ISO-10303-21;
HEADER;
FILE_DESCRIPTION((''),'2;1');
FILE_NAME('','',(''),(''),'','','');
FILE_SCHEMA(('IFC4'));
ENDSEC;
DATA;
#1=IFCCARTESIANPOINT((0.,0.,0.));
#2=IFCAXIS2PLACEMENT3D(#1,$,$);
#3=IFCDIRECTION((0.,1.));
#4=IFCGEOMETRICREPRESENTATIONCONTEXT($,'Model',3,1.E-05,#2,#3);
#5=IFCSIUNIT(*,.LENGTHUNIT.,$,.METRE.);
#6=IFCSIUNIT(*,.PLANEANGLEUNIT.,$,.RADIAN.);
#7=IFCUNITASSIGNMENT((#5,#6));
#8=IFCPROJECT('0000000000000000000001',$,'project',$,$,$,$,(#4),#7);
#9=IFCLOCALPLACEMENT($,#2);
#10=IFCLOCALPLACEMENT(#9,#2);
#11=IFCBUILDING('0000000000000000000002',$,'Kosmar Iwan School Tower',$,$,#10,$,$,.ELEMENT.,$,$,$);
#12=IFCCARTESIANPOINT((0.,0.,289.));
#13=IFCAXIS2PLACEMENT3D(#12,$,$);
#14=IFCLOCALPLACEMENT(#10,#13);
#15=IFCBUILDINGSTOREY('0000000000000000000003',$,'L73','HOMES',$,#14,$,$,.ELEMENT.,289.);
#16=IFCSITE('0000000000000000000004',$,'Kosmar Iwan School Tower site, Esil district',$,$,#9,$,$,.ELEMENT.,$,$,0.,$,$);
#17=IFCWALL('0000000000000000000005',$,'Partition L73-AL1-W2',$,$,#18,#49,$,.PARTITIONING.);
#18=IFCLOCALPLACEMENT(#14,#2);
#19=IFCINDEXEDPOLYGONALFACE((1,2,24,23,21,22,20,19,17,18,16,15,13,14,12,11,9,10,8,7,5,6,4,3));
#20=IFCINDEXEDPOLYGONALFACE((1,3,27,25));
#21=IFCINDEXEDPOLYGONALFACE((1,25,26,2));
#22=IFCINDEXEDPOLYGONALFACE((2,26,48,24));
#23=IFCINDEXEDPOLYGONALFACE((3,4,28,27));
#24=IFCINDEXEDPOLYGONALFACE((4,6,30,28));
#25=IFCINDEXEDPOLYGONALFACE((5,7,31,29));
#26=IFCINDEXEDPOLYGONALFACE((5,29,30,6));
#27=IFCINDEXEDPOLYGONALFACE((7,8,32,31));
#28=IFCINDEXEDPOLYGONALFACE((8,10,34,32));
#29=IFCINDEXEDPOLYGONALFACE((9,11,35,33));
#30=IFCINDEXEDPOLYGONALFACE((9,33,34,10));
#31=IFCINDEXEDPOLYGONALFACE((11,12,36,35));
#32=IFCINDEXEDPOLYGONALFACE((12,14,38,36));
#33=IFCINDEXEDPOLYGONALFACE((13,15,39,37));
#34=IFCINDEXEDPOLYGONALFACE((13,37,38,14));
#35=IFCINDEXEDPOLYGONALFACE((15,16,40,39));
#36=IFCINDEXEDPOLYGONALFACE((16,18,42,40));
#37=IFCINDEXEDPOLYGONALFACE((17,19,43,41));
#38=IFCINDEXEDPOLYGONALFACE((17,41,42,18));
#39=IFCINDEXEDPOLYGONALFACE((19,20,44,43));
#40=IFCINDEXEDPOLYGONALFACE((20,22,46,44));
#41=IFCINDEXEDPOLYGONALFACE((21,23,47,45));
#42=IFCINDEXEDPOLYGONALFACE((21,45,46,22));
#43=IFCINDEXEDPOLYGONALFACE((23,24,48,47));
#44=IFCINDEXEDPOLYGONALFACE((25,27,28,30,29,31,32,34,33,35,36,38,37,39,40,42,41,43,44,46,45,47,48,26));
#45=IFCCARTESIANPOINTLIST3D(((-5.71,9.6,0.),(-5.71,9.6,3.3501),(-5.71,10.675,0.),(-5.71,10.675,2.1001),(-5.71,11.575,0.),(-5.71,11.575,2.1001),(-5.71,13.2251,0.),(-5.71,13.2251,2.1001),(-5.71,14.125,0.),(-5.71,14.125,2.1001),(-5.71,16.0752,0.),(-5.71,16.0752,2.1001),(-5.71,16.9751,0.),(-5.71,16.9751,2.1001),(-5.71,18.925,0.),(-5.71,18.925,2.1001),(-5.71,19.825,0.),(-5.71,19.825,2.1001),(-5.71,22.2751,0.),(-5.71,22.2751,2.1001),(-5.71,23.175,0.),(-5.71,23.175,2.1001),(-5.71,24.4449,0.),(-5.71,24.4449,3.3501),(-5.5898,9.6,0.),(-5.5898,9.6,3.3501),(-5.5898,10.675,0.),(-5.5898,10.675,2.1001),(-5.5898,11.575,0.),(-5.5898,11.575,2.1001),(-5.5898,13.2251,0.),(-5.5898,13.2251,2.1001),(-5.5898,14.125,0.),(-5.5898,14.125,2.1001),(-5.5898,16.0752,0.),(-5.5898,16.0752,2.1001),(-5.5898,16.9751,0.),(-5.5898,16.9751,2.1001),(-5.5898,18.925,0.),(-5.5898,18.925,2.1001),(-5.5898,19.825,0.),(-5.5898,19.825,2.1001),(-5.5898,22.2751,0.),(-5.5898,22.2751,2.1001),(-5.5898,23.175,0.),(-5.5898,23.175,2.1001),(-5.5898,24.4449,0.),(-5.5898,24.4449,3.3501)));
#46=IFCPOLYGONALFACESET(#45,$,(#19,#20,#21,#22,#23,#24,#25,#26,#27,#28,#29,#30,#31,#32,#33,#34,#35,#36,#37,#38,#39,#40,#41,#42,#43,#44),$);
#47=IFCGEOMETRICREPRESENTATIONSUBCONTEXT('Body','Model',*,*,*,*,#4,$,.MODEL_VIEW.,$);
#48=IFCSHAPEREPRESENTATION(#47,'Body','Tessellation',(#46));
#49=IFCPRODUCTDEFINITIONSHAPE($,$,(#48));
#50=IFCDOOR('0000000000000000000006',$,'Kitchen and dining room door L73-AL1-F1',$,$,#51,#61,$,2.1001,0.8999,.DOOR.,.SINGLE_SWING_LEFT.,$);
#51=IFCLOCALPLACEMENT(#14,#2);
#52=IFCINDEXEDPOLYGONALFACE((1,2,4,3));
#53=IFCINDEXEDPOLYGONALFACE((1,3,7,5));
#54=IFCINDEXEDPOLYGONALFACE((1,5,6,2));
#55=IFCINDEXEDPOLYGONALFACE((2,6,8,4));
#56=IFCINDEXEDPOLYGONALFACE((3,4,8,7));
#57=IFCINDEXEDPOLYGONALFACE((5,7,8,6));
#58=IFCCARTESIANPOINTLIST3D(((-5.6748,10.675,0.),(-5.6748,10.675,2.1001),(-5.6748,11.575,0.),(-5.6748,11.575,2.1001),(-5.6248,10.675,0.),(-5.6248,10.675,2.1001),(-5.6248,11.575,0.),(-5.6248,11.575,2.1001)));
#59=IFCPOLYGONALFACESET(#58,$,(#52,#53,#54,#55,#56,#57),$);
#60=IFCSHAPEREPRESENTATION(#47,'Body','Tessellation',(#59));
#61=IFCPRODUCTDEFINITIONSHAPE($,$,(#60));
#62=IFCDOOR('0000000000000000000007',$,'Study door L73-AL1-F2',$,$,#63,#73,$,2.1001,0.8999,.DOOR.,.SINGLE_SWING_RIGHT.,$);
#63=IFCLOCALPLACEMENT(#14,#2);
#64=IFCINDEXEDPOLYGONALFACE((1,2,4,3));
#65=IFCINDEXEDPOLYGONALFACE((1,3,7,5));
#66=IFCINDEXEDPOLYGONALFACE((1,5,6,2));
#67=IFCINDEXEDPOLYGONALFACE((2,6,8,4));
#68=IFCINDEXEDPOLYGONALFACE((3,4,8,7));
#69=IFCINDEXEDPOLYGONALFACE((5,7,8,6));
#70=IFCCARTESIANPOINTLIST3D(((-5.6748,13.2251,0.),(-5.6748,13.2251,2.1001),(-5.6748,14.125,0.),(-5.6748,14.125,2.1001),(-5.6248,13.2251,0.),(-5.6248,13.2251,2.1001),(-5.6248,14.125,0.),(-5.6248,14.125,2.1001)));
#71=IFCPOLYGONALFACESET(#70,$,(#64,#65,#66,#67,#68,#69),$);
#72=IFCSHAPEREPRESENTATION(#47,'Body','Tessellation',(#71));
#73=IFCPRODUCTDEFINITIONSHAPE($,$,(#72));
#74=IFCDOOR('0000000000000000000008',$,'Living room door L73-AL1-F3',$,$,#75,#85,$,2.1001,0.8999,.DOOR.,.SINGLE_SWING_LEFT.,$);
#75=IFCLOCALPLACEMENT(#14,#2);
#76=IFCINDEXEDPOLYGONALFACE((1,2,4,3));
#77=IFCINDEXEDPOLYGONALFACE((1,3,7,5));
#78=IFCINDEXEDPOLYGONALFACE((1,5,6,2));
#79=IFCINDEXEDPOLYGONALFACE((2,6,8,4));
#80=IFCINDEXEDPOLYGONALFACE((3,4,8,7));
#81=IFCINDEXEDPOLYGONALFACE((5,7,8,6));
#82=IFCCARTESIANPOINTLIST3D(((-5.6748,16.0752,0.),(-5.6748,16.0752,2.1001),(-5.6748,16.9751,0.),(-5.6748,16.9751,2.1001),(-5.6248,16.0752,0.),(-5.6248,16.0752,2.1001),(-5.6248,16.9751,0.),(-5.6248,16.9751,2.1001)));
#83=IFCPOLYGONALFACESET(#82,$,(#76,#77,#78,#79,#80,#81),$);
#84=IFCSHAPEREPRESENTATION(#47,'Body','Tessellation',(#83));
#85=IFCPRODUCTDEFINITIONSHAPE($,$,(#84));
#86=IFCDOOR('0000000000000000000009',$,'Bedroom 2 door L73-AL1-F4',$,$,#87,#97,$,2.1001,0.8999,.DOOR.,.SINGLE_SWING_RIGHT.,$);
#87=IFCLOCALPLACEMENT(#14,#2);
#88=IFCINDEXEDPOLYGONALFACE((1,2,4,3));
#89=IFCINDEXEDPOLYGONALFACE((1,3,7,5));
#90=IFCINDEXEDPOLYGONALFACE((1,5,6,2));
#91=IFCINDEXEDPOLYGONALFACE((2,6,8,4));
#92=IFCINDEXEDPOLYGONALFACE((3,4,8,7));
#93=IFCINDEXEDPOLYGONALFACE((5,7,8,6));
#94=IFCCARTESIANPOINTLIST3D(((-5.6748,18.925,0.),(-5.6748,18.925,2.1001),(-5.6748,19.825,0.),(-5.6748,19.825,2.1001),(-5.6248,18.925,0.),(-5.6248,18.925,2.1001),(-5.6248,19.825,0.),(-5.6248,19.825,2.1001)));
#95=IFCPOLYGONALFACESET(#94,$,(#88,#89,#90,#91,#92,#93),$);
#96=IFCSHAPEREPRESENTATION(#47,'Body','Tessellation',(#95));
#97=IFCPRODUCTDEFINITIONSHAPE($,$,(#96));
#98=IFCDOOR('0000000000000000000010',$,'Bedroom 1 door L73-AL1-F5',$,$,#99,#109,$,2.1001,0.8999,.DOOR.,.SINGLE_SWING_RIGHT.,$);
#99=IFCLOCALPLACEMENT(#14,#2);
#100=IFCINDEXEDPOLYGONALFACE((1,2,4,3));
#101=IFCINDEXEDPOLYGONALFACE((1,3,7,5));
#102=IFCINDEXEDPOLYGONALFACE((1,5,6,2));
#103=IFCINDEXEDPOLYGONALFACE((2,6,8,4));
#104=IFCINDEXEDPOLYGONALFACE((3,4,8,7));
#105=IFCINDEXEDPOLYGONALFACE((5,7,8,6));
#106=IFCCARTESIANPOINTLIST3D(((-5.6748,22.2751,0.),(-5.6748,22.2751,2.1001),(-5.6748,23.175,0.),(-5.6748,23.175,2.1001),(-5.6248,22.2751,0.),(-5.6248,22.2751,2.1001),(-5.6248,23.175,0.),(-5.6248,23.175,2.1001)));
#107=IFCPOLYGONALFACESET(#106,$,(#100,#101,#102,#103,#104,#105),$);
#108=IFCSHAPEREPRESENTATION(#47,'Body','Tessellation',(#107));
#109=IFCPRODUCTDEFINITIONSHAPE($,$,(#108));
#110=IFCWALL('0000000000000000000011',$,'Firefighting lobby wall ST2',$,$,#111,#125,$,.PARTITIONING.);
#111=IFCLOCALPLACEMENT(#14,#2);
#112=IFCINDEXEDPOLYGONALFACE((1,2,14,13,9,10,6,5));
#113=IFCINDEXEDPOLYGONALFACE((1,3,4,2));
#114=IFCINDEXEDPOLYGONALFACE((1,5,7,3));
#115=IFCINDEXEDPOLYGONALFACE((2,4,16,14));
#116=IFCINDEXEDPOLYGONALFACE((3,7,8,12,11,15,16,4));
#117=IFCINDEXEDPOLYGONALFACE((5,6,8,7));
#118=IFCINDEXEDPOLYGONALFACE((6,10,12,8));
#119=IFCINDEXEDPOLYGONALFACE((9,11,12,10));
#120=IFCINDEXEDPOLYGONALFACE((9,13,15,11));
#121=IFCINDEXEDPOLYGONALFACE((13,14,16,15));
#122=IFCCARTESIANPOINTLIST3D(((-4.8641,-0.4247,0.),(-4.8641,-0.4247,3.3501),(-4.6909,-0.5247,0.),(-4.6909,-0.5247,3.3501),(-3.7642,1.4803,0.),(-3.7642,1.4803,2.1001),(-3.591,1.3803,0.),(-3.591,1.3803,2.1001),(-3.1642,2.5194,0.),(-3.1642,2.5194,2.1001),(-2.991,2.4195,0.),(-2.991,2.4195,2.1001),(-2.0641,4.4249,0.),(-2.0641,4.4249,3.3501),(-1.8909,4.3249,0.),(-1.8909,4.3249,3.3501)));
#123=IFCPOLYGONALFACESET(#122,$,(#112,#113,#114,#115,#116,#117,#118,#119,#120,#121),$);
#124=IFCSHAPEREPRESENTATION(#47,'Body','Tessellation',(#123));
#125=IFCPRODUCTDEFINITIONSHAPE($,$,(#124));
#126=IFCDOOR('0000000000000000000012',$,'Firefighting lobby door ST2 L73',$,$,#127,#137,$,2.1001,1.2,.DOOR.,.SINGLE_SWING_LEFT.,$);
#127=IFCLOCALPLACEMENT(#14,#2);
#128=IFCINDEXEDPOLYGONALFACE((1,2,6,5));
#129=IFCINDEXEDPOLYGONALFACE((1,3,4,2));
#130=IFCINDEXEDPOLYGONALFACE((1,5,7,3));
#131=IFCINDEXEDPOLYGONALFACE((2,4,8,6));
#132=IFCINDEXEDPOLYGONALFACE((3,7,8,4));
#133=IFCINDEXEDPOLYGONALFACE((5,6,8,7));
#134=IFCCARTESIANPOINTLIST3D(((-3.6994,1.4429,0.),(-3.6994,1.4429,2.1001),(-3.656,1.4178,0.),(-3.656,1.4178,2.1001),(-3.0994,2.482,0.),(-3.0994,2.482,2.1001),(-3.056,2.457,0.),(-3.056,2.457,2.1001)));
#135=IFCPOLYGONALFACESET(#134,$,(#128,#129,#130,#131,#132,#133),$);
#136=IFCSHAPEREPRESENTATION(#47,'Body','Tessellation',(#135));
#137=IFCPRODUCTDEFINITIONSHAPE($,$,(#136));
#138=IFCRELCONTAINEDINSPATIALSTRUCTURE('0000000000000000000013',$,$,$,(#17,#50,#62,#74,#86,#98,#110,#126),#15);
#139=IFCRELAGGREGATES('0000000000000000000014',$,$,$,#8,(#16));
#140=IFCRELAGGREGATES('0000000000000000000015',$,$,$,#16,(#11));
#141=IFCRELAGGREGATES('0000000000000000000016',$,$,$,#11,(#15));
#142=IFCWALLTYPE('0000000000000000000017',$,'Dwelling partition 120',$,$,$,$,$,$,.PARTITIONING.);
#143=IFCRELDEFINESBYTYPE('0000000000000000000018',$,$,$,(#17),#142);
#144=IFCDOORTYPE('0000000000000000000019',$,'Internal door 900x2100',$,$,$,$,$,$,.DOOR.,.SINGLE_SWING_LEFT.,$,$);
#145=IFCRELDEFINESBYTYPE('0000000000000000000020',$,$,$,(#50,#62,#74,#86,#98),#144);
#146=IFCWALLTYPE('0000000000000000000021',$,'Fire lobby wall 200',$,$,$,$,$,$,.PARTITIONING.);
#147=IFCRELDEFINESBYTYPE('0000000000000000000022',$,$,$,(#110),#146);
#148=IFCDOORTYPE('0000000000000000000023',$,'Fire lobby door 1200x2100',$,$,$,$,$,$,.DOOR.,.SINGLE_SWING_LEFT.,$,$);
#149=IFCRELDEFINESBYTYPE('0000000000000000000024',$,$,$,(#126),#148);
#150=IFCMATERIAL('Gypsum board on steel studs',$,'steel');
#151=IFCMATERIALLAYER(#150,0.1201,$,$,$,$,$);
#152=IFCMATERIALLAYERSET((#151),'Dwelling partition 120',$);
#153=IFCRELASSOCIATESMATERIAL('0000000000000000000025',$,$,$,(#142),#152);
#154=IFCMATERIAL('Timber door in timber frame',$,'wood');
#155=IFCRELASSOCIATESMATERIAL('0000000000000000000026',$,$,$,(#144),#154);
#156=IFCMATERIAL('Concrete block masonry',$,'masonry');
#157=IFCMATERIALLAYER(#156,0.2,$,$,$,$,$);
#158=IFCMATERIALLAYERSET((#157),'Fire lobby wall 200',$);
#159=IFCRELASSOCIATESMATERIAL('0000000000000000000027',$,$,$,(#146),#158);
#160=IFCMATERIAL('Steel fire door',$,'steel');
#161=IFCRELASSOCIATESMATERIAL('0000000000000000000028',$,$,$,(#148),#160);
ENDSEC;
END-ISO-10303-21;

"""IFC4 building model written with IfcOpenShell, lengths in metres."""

from ifc_helpers import new_model, si_unit, direction, frame, frame_2d, origin, place, context, subcontext, project, spatial, rectangle, extrude, material, layer, layer_set, type_object, element, fill, save


model = new_model("IFC4")

# Units and contexts
model_context = context("Model", 3, precision=1e-05, world=origin(), true_north=direction((0.0, 1.0)))
body_context = subcontext(model_context, "Body", "Model", "MODEL_VIEW")
ifc_project = project(units=[si_unit("LENGTHUNIT", "METRE"), si_unit("PLANEANGLEUNIT", "RADIAN")], contexts=[model_context])

# Site, building, storey
site_placement = place(None, origin())
site = spatial("IfcSite", under=ifc_project, at=site_placement, Name="Kosmar Iwan School Tower site, Esil district", CompositionType="ELEMENT", RefElevation=0.0)
building_placement = place(site_placement, origin())
building = spatial("IfcBuilding", under=site, at=building_placement, Name="Kosmar Iwan School Tower", CompositionType="ELEMENT")
storey_placement = place(building_placement, frame((0.0, 0.0, 289.0)))
storey = spatial("IfcBuildingStorey", under=building, at=storey_placement, Name="L73", Description="HOMES", CompositionType="ELEMENT", Elevation=289.0)

# Wall, openings, doors
ifc_material_1 = material(Name="Gypsum board on steel studs", Category="steel")
ifc_layer_1 = layer(ifc_material_1, 0.1201)
ifc_layer_set_1 = layer_set([ifc_layer_1], Name="Dwelling partition 120")
wall_type_1 = type_object("IfcWallType", Name="Dwelling partition 120", PredefinedType="PARTITIONING", material=ifc_layer_set_1)
wall_1_placement = place(storey_placement, frame((-5.6499, 9.6001, 0.0), z_axis=(0.0, 0.0, 1.0), x_axis=(0.0, 1.0, 0.0)))
wall_1 = element("IfcWall", 1, at=wall_1_placement, inside=storey, type_object=wall_type_1, Name="Partition L73-AL1-W2", PredefinedType="PARTITIONING", context=body_context, shape_type="SweptSolid", body=[
    extrude(rectangle(XDim=14.845, YDim=0.1201, at=frame_2d((7.4224, 0.0))), origin(), (0.0, 0.0, 1.0), 3.3501),
])
opening_1_placement = place(wall_1_placement, frame((1.075, 0.0, 0.0)))
opening_1 = element("IfcOpeningElement", 2, at=opening_1_placement, cuts=wall_1, PredefinedType="OPENING", context=body_context, shape_type="SweptSolid", body=[
    extrude(rectangle(XDim=0.8999, YDim=2.1001, at=frame_2d((0.45, 1.05))), frame((0.0, 0.072, 0.0), z_axis=(0.0, -1.0, 0.0), x_axis=(1.0, 0.0, 0.0)), (0.0, 0.0, 1.0), 0.144),
])
opening_2_placement = place(wall_1_placement, frame((3.625, 0.0, 0.0)))
opening_2 = element("IfcOpeningElement", 3, at=opening_2_placement, cuts=wall_1, PredefinedType="OPENING", context=body_context, shape_type="SweptSolid", body=[
    extrude(rectangle(XDim=0.8999, YDim=2.1001, at=frame_2d((0.45, 1.05))), frame((0.0, 0.072, 0.0), z_axis=(0.0, -1.0, 0.0), x_axis=(1.0, 0.0, 0.0)), (0.0, 0.0, 1.0), 0.144),
])
opening_3_placement = place(wall_1_placement, frame((6.4751, 0.0, 0.0)))
opening_3 = element("IfcOpeningElement", 4, at=opening_3_placement, cuts=wall_1, PredefinedType="OPENING", context=body_context, shape_type="SweptSolid", body=[
    extrude(rectangle(XDim=0.8999, YDim=2.1001, at=frame_2d((0.45, 1.05))), frame((0.0, 0.072, 0.0), z_axis=(0.0, -1.0, 0.0), x_axis=(1.0, 0.0, 0.0)), (0.0, 0.0, 1.0), 0.144),
])
opening_4_placement = place(wall_1_placement, frame((9.325, 0.0, 0.0)))
opening_4 = element("IfcOpeningElement", 5, at=opening_4_placement, cuts=wall_1, PredefinedType="OPENING", context=body_context, shape_type="SweptSolid", body=[
    extrude(rectangle(XDim=0.8999, YDim=2.1001, at=frame_2d((0.45, 1.05))), frame((0.0, 0.072, 0.0), z_axis=(0.0, -1.0, 0.0), x_axis=(1.0, 0.0, 0.0)), (0.0, 0.0, 1.0), 0.144),
])
opening_5_placement = place(wall_1_placement, frame((12.675, 0.0, 0.0)))
opening_5 = element("IfcOpeningElement", 6, at=opening_5_placement, cuts=wall_1, PredefinedType="OPENING", context=body_context, shape_type="SweptSolid", body=[
    extrude(rectangle(XDim=0.8999, YDim=2.1001, at=frame_2d((0.45, 1.05))), frame((0.0, 0.072, 0.0), z_axis=(0.0, -1.0, 0.0), x_axis=(1.0, 0.0, 0.0)), (0.0, 0.0, 1.0), 0.144),
])
ifc_material_2 = material(Name="Timber door in timber frame", Category="wood")
door_type_1 = type_object("IfcDoorType", Name="Internal door 900x2100", OperationType="SINGLE_SWING_LEFT", PredefinedType="DOOR", material=ifc_material_2)
door_1_placement = place(opening_1_placement, origin())
door_1 = element("IfcDoor", 7, at=door_1_placement, inside=storey, type_object=door_type_1, Name="Kitchen and dining room door L73-AL1-F1", OperationType="SINGLE_SWING_LEFT", OverallHeight=2.1001, OverallWidth=0.8999, PredefinedType="DOOR", context=body_context, shape_type="SweptSolid", body=[
    extrude(rectangle(XDim=0.8999, YDim=2.1001, at=frame_2d((0.45, 1.05))), frame((0.0, 0.0249, 0.0), z_axis=(0.0, -1.0, 0.0), x_axis=(1.0, 0.0, 0.0)), (0.0, 0.0, 1.0), 0.05),
])
fill(opening_1, door_1)
door_2_placement = place(opening_2_placement, origin())
door_2 = element("IfcDoor", 8, at=door_2_placement, inside=storey, type_object=door_type_1, Name="Study door L73-AL1-F2", OperationType="SINGLE_SWING_RIGHT", OverallHeight=2.1001, OverallWidth=0.8999, PredefinedType="DOOR", context=body_context, shape_type="SweptSolid", body=[
    extrude(rectangle(XDim=0.8999, YDim=2.1001, at=frame_2d((0.45, 1.05))), frame((0.0, 0.0249, 0.0), z_axis=(0.0, -1.0, 0.0), x_axis=(1.0, 0.0, 0.0)), (0.0, 0.0, 1.0), 0.05),
])
fill(opening_2, door_2)
door_3_placement = place(opening_3_placement, origin())
door_3 = element("IfcDoor", 9, at=door_3_placement, inside=storey, type_object=door_type_1, Name="Living room door L73-AL1-F3", OperationType="SINGLE_SWING_LEFT", OverallHeight=2.1001, OverallWidth=0.8999, PredefinedType="DOOR", context=body_context, shape_type="SweptSolid", body=[
    extrude(rectangle(XDim=0.8999, YDim=2.1001, at=frame_2d((0.45, 1.05))), frame((0.0, 0.0249, 0.0), z_axis=(0.0, -1.0, 0.0), x_axis=(1.0, 0.0, 0.0)), (0.0, 0.0, 1.0), 0.05),
])
fill(opening_3, door_3)
door_4_placement = place(opening_4_placement, origin())
door_4 = element("IfcDoor", 10, at=door_4_placement, inside=storey, type_object=door_type_1, Name="Bedroom 2 door L73-AL1-F4", OperationType="SINGLE_SWING_RIGHT", OverallHeight=2.1001, OverallWidth=0.8999, PredefinedType="DOOR", context=body_context, shape_type="SweptSolid", body=[
    extrude(rectangle(XDim=0.8999, YDim=2.1001, at=frame_2d((0.45, 1.05))), frame((0.0, 0.0249, 0.0), z_axis=(0.0, -1.0, 0.0), x_axis=(1.0, 0.0, 0.0)), (0.0, 0.0, 1.0), 0.05),
])
fill(opening_4, door_4)
door_5_placement = place(opening_5_placement, origin())
door_5 = element("IfcDoor", 11, at=door_5_placement, inside=storey, type_object=door_type_1, Name="Bedroom 1 door L73-AL1-F5", OperationType="SINGLE_SWING_RIGHT", OverallHeight=2.1001, OverallWidth=0.8999, PredefinedType="DOOR", context=body_context, shape_type="SweptSolid", body=[
    extrude(rectangle(XDim=0.8999, YDim=2.1001, at=frame_2d((0.45, 1.05))), frame((0.0, 0.0249, 0.0), z_axis=(0.0, -1.0, 0.0), x_axis=(1.0, 0.0, 0.0)), (0.0, 0.0, 1.0), 0.05),
])
fill(opening_5, door_5)

# Wall, opening, door
ifc_material_3 = material(Name="Concrete block masonry", Category="masonry")
ifc_layer_2 = layer(ifc_material_3, 0.2)
ifc_layer_set_2 = layer_set([ifc_layer_2], Name="Fire lobby wall 200")
wall_type_2 = type_object("IfcWallType", Name="Fire lobby wall 200", PredefinedType="PARTITIONING", material=ifc_layer_set_2)
wall_2_placement = place(storey_placement, frame((-1.9775, 4.3748, 0.0), z_axis=(0.0, 0.0, 1.0), x_axis=(-0.500017, -0.866016, 0.0)))
wall_2 = element("IfcWall", 12, at=wall_2_placement, inside=storey, type_object=wall_type_2, Name="Firefighting lobby wall ST2", PredefinedType="PARTITIONING", context=body_context, shape_type="SweptSolid", body=[
    extrude(rectangle(XDim=5.5999, YDim=0.2, at=frame_2d((2.7998, 0.0))), origin(), (0.0, 0.0, 1.0), 3.3501),
])
opening_6_placement = place(wall_2_placement, frame((2.2, 0.0, 0.0)))
opening_6 = element("IfcOpeningElement", 13, at=opening_6_placement, cuts=wall_2, PredefinedType="OPENING", context=body_context, shape_type="SweptSolid", body=[
    extrude(rectangle(XDim=1.2, YDim=2.1001, at=frame_2d((0.6001, 1.05))), frame((0.0, 0.1121, 0.0), z_axis=(0.0, -1.0, 0.0), x_axis=(1.0, 0.0, 0.0)), (0.0, 0.0, 1.0), 0.2239),
])
ifc_material_4 = material(Name="Steel fire door", Category="steel")
door_type_2 = type_object("IfcDoorType", Name="Fire lobby door 1200x2100", OperationType="SINGLE_SWING_LEFT", PredefinedType="DOOR", material=ifc_material_4)
door_6_placement = place(opening_6_placement, origin())
door_6 = element("IfcDoor", 14, at=door_6_placement, inside=storey, type_object=door_type_2, Name="Firefighting lobby door ST2 L73", OperationType="SINGLE_SWING_LEFT", OverallHeight=2.1001, OverallWidth=1.2, PredefinedType="DOOR", context=body_context, shape_type="SweptSolid", body=[
    extrude(rectangle(XDim=1.2, YDim=2.1001, at=frame_2d((0.6001, 1.05))), frame((0.0, 0.0249, 0.0), z_axis=(0.0, -1.0, 0.0), x_axis=(1.0, 0.0, 0.0)), (0.0, 0.0, 1.0), 0.05),
])
fill(opening_6, door_6)

save(model, "model.ifc")
